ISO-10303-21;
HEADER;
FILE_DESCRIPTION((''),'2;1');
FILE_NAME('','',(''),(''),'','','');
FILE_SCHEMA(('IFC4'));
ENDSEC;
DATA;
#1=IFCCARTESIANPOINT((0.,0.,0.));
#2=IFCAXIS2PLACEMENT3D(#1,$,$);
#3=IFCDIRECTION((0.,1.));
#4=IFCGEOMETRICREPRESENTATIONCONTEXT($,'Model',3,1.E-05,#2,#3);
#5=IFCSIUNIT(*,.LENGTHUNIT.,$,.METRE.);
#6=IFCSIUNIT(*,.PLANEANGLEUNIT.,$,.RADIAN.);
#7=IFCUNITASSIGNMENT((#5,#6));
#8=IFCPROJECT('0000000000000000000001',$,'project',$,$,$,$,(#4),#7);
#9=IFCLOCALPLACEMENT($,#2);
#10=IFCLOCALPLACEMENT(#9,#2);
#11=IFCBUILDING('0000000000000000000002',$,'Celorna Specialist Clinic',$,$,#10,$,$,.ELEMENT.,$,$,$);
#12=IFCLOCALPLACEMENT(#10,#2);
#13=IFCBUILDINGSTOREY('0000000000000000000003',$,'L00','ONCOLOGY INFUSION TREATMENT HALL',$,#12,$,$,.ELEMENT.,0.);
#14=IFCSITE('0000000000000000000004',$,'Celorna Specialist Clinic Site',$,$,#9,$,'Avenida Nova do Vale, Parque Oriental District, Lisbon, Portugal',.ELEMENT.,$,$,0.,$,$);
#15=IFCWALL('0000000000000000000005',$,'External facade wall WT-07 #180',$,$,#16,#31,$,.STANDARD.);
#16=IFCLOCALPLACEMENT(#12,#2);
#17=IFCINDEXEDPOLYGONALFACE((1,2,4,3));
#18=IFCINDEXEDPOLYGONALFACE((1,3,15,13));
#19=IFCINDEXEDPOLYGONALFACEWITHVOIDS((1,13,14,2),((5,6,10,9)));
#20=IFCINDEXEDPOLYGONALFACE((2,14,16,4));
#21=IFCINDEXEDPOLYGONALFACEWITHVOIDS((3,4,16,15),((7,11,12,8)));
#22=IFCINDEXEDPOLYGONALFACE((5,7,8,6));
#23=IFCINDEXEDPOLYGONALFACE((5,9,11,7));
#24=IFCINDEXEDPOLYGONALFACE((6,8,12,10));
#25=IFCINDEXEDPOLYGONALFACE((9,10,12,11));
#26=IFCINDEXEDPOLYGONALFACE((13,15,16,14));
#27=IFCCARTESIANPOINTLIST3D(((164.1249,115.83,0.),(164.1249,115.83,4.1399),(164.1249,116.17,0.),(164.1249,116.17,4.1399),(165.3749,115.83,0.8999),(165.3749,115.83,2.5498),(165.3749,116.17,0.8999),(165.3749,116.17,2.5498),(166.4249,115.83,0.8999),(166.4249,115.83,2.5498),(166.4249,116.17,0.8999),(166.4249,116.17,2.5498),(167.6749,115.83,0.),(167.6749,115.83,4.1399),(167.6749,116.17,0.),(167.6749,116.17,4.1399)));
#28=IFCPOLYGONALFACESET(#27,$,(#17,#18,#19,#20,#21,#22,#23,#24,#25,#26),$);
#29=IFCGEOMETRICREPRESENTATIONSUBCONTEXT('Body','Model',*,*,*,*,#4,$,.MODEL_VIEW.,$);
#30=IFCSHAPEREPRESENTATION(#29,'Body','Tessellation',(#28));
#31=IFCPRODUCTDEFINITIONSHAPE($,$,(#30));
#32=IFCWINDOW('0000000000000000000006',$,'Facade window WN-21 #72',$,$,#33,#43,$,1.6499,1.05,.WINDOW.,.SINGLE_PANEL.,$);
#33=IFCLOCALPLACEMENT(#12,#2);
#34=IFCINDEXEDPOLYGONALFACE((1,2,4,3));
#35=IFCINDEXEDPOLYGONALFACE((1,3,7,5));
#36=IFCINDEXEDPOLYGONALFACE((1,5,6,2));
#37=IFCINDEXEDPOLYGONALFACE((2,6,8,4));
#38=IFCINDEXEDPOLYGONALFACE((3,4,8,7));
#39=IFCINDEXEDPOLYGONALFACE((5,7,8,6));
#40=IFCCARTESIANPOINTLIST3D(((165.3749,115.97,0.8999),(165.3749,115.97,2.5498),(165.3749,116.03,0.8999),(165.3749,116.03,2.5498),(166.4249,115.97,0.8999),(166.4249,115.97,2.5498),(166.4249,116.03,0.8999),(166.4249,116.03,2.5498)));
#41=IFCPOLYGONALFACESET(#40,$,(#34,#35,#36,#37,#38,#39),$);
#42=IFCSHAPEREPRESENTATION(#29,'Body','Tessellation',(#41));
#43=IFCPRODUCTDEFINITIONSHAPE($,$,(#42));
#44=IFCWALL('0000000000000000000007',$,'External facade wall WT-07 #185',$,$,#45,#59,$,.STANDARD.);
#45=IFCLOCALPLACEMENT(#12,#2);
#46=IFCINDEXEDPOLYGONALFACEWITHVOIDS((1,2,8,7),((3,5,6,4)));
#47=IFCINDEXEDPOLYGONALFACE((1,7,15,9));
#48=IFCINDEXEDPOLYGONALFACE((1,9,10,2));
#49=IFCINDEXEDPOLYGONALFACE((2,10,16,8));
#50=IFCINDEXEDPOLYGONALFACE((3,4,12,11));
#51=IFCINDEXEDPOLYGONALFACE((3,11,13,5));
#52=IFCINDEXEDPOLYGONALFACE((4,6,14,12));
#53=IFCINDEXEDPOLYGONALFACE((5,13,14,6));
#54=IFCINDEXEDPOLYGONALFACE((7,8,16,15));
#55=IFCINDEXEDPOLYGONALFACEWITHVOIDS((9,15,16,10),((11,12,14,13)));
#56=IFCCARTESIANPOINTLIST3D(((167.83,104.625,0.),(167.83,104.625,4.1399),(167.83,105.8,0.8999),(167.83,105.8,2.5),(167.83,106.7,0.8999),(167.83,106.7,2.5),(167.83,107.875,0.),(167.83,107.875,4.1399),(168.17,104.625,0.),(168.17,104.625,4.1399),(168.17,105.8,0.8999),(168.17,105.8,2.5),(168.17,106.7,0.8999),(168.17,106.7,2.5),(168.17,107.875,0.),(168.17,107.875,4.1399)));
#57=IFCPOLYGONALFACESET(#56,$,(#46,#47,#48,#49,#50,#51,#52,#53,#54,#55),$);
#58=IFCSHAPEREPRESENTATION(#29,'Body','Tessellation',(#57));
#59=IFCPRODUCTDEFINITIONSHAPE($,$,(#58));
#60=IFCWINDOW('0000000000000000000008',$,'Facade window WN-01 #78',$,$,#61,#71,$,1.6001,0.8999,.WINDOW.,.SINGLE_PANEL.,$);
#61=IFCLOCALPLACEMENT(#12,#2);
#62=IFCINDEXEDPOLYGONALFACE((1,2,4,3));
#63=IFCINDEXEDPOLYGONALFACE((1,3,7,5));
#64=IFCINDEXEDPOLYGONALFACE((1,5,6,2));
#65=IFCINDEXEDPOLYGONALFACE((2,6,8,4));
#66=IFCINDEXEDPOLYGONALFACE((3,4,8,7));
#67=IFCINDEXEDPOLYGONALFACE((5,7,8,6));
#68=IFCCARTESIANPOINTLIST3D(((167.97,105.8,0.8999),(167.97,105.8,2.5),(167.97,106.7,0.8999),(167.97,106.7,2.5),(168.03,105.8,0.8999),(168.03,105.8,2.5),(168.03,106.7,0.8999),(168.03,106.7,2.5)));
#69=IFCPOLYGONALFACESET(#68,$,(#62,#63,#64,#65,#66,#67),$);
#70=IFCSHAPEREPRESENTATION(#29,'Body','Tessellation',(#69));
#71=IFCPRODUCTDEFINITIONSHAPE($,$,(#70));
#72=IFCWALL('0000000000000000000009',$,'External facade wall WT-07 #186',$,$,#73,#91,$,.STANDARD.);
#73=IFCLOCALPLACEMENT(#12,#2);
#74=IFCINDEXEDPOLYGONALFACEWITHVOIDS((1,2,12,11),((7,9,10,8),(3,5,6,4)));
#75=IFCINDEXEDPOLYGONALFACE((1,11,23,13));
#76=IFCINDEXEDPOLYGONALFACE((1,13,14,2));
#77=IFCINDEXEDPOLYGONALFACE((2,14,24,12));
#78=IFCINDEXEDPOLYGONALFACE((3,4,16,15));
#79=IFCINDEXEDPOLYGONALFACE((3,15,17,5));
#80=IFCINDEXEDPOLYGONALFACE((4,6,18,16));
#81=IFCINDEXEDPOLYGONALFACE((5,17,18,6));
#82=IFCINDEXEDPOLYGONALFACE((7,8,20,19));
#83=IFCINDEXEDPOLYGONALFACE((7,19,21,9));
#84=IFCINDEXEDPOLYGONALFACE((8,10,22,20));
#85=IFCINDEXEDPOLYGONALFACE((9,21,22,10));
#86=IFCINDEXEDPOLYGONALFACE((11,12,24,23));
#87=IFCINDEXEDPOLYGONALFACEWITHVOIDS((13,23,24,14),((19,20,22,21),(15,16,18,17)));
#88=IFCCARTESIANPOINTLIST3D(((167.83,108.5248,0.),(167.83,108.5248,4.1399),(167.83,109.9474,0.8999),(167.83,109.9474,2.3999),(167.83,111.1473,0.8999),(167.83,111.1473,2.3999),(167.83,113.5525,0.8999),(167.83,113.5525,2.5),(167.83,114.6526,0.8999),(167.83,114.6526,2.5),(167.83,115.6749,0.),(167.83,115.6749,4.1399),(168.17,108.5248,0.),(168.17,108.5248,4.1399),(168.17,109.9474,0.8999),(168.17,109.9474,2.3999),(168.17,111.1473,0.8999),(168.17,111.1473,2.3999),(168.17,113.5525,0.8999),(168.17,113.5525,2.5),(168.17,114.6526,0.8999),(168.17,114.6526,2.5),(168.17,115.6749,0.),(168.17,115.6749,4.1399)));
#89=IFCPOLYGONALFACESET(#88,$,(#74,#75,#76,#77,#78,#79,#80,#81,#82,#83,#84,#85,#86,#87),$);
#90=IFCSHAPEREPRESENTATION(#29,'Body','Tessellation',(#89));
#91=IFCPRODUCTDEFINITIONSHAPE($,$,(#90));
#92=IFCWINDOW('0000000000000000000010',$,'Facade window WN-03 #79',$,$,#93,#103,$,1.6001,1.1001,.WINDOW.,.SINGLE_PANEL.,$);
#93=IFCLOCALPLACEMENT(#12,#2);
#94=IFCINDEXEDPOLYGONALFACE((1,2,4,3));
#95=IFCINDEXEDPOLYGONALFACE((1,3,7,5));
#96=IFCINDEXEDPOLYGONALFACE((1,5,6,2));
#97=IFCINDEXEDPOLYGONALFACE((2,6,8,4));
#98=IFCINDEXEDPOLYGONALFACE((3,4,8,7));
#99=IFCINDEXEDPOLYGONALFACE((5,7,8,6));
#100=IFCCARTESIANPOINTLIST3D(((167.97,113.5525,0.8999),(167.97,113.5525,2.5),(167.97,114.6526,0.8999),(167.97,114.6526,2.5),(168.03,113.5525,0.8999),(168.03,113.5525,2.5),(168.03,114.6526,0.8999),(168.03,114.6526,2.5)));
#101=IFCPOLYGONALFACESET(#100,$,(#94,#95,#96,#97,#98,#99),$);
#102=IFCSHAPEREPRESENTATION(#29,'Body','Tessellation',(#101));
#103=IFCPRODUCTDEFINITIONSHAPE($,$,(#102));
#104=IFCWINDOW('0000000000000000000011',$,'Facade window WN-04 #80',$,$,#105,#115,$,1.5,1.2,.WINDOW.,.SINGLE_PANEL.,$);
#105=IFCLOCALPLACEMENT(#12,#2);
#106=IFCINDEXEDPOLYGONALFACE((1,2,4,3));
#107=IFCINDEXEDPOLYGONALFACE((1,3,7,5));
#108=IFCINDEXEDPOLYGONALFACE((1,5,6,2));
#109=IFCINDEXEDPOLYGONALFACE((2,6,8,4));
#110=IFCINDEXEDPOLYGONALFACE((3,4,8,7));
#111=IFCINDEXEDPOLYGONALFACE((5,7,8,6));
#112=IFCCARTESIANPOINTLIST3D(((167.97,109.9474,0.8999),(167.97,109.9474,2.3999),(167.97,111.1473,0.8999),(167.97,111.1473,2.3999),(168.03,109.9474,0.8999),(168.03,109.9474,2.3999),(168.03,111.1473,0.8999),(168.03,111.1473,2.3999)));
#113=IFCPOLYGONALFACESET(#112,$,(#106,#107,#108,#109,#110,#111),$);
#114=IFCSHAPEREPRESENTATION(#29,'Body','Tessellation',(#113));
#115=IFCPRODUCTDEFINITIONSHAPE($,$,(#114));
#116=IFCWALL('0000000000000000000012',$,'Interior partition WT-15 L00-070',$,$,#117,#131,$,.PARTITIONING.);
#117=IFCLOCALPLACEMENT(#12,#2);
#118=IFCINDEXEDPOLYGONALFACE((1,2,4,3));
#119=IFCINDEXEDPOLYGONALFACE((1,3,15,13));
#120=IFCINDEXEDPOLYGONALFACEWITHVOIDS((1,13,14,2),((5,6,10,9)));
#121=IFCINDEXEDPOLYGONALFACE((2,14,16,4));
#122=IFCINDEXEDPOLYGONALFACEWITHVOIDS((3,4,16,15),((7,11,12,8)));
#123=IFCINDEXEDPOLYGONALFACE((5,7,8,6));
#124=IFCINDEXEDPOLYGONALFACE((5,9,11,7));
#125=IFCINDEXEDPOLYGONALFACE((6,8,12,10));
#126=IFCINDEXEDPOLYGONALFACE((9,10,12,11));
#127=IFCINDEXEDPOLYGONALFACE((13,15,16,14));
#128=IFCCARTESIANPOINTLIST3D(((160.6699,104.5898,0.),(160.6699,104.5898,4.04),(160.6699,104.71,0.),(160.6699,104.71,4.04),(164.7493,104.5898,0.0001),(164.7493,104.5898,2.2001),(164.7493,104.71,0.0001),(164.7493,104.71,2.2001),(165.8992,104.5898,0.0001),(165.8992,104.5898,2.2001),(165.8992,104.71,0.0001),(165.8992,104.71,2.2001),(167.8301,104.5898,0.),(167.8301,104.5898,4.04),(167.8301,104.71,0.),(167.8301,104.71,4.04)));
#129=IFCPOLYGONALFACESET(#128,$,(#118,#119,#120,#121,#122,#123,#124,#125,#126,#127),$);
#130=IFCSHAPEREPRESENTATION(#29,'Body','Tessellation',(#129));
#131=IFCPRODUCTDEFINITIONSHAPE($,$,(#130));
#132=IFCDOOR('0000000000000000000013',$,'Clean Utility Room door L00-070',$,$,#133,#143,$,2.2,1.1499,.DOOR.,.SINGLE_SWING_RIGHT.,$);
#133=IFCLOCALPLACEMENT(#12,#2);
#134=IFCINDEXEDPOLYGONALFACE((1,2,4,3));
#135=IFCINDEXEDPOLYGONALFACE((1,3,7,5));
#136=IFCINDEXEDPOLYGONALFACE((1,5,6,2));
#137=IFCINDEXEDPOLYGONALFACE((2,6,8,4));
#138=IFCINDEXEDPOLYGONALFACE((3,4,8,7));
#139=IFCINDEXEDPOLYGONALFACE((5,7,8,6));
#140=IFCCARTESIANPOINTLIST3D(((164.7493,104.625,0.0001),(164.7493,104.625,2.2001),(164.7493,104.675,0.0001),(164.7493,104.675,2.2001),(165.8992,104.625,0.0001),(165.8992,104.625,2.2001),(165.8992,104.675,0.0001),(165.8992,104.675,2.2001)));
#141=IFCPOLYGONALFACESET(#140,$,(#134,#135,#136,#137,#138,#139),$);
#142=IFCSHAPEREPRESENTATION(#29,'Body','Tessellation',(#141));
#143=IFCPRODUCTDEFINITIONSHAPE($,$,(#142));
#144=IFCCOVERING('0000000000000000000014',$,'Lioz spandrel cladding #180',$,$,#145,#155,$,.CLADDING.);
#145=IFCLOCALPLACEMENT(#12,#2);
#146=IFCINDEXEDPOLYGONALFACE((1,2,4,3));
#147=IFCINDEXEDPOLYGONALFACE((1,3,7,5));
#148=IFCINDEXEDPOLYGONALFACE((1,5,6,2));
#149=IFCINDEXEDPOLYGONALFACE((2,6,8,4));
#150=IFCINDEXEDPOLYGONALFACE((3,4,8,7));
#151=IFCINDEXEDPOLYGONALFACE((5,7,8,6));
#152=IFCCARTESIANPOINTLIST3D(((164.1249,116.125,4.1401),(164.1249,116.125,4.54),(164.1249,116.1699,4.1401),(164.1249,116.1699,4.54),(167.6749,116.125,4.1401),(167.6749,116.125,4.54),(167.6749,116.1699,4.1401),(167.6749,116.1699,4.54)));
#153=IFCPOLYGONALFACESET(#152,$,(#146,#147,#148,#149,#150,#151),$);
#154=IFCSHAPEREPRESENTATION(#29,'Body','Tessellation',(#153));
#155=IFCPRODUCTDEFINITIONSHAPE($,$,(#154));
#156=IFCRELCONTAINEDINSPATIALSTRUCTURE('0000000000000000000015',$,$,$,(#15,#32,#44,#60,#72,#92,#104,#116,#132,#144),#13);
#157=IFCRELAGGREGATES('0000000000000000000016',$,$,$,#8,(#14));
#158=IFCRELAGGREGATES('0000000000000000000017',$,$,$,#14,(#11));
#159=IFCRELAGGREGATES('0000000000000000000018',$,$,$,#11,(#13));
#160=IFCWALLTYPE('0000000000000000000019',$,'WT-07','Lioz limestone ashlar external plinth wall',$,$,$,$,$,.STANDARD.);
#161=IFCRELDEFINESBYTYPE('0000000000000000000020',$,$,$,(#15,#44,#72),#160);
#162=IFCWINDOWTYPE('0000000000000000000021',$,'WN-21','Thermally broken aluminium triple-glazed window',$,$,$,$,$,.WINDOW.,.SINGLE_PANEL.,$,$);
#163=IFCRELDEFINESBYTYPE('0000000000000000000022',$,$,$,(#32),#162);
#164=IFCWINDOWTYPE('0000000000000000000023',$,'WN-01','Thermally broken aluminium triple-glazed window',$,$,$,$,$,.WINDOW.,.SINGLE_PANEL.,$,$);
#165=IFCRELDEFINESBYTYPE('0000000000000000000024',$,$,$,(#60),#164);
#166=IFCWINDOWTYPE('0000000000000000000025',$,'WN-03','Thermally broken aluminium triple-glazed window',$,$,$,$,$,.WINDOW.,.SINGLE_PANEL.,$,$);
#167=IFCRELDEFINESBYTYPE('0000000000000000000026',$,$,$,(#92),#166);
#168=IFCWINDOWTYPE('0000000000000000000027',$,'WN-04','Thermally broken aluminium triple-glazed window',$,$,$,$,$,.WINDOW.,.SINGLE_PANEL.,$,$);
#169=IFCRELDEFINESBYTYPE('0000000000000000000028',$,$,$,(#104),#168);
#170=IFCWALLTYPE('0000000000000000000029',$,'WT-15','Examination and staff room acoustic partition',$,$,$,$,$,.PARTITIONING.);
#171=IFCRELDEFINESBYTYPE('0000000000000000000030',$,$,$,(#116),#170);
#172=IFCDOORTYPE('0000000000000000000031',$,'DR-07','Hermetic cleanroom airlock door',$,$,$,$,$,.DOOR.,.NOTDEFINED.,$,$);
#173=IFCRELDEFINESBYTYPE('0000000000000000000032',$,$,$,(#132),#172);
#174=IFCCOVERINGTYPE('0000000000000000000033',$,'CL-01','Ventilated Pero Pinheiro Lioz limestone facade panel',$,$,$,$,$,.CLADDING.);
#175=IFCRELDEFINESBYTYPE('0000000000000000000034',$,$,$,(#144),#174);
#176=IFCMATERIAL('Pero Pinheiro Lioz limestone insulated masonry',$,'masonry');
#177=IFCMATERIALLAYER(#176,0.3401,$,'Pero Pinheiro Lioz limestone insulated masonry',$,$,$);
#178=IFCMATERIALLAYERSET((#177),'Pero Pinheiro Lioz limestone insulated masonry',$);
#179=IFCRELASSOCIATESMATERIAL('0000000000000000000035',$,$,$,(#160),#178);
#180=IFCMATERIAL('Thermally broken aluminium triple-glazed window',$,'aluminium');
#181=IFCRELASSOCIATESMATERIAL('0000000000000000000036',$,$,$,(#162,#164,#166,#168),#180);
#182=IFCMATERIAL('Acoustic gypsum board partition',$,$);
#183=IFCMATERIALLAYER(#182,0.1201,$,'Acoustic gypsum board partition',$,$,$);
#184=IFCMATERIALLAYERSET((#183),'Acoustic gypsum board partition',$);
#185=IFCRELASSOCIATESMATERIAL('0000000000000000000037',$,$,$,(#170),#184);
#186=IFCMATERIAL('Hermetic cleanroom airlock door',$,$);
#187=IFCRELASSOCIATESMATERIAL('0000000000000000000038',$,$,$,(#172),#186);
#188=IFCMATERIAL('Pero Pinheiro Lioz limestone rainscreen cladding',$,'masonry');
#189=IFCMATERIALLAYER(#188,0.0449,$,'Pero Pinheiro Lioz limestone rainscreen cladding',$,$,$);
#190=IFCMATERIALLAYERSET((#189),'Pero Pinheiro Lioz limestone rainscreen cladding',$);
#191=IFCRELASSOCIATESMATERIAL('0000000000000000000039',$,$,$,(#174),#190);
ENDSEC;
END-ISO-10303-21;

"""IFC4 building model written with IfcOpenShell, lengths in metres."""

from ifc_helpers import new_model, si_unit, direction, frame, frame_2d, origin, origin_2d, place, context, subcontext, project, spatial, rectangle, extrude, material, layer, layer_set, type_object, element, fill, save


model = new_model("IFC4")

# Units and contexts
model_context = context("Model", 3, precision=1e-05, world=origin(), true_north=direction((0.0, 1.0)))
body_context = subcontext(model_context, "Body", "Model", "MODEL_VIEW")
ifc_project = project(units=[si_unit("LENGTHUNIT", "METRE"), si_unit("PLANEANGLEUNIT", "RADIAN")], contexts=[model_context])

# Site, building, storey
site_placement = place(None, origin())
site = spatial("IfcSite", under=ifc_project, at=site_placement, Name="Celorna Specialist Clinic Site", LongName="Avenida Nova do Vale, Parque Oriental District, Lisbon, Portugal", CompositionType="ELEMENT", RefElevation=0.0)
building_placement = place(site_placement, origin())
building = spatial("IfcBuilding", under=site, at=building_placement, Name="Celorna Specialist Clinic", CompositionType="ELEMENT")
storey_placement = place(building_placement, origin())
storey = spatial("IfcBuildingStorey", under=building, at=storey_placement, Name="L00", Description="ONCOLOGY INFUSION TREATMENT HALL", CompositionType="ELEMENT", Elevation=0.0)

# Walls, openings, windows
ifc_material_1 = material(Name="Pero Pinheiro Lioz limestone insulated masonry", Category="masonry")
ifc_layer_1 = layer(ifc_material_1, 0.3401, Name="Pero Pinheiro Lioz limestone insulated masonry")
ifc_layer_set_1 = layer_set([ifc_layer_1], Name="Pero Pinheiro Lioz limestone insulated masonry")
wall_type_1 = type_object("IfcWallType", Name="WT-07", Description="Lioz limestone ashlar external plinth wall", PredefinedType="STANDARD", material=ifc_layer_set_1)
wall_1_placement = place(storey_placement, frame((164.125, 116.0, 0.0), z_axis=(0.0, 0.0, 1.0), x_axis=(1.0, 0.0, 0.0)))
wall_1 = element("IfcWall", 1, at=wall_1_placement, inside=storey, type_object=wall_type_1, Name="External facade wall WT-07 #180", PredefinedType="STANDARD", context=body_context, shape_type="SweptSolid", body=[
    extrude(rectangle(XDim=3.55, YDim=0.3401, at=frame_2d((1.7749, 0.0))), origin(), (0.0, 0.0, 1.0), 4.1399),
])
opening_1_placement = place(wall_1_placement, frame((1.25, 0.0, 0.8999)))
opening_1 = element("IfcOpeningElement", 2, at=opening_1_placement, cuts=wall_1, PredefinedType="OPENING", context=body_context, shape_type="SweptSolid", body=[
    extrude(rectangle(XDim=1.05, YDim=1.6499, at=frame_2d((0.5249, 0.825))), frame((0.0, 0.1799, 0.0), z_axis=(0.0, -1.0, 0.0), x_axis=(1.0, 0.0, 0.0)), (0.0, 0.0, 1.0), 0.3601),
])
ifc_material_2 = material(Name="Thermally broken aluminium triple-glazed window", Category="aluminium")
window_type_1 = type_object("IfcWindowType", Name="WN-21", Description="Thermally broken aluminium triple-glazed window", PartitioningType="SINGLE_PANEL", PredefinedType="WINDOW", material=ifc_material_2)
window_1_placement = place(opening_1_placement, origin())
window_1 = element("IfcWindow", 3, at=window_1_placement, inside=storey, type_object=window_type_1, Name="Facade window WN-21 #72", OverallHeight=1.6499, OverallWidth=1.05, PartitioningType="SINGLE_PANEL", PredefinedType="WINDOW", context=body_context, shape_type="SweptSolid", body=[
    extrude(rectangle(XDim=1.05, YDim=1.6499, at=frame_2d((0.5249, 0.825))), frame((0.0, 0.03, 0.0), z_axis=(0.0, -1.0, 0.0), x_axis=(1.0, 0.0, 0.0)), (0.0, 0.0, 1.0), 0.0601),
])
fill(opening_1, window_1)
wall_2_placement = place(storey_placement, frame((168.0, 107.875, 0.0), z_axis=(0.0, 0.0, 1.0), x_axis=(0.0, -1.0, 0.0)))
wall_2 = element("IfcWall", 4, at=wall_2_placement, inside=storey, type_object=wall_type_1, Name="External facade wall WT-07 #185", PredefinedType="STANDARD", context=body_context, shape_type="SweptSolid", body=[
    extrude(rectangle(XDim=3.25, YDim=0.3401, at=frame_2d((1.625, 0.0))), origin(), (0.0, 0.0, 1.0), 4.1399),
])
opening_2_placement = place(wall_2_placement, frame((1.175, 0.0, 0.8999)))
opening_2 = element("IfcOpeningElement", 5, at=opening_2_placement, cuts=wall_2, PredefinedType="OPENING", context=body_context, shape_type="SweptSolid", body=[
    extrude(rectangle(XDim=0.8999, YDim=1.6001, at=frame_2d((0.45, 0.8))), frame((0.0, 0.1799, 0.0), z_axis=(0.0, -1.0, 0.0), x_axis=(1.0, 0.0, 0.0)), (0.0, 0.0, 1.0), 0.3601),
])
window_type_2 = type_object("IfcWindowType", Name="WN-01", Description="Thermally broken aluminium triple-glazed window", PartitioningType="SINGLE_PANEL", PredefinedType="WINDOW", material=ifc_material_2)
window_2_placement = place(opening_2_placement, origin())
window_2 = element("IfcWindow", 6, at=window_2_placement, inside=storey, type_object=window_type_2, Name="Facade window WN-01 #78", OverallHeight=1.6001, OverallWidth=0.8999, PartitioningType="SINGLE_PANEL", PredefinedType="WINDOW", context=body_context, shape_type="SweptSolid", body=[
    extrude(rectangle(XDim=0.8999, YDim=1.6001, at=frame_2d((0.45, 0.8))), frame((0.0, 0.03, 0.0), z_axis=(0.0, -1.0, 0.0), x_axis=(1.0, 0.0, 0.0)), (0.0, 0.0, 1.0), 0.0601),
])
fill(opening_2, window_2)

# Wall, openings, windows
wall_3_placement = place(storey_placement, frame((168.0, 115.675, 0.0), z_axis=(0.0, 0.0, 1.0), x_axis=(0.0, -1.0, 0.0)))
wall_3 = element("IfcWall", 7, at=wall_3_placement, inside=storey, type_object=wall_type_1, Name="External facade wall WT-07 #186", PredefinedType="STANDARD", context=body_context, shape_type="SweptSolid", body=[
    extrude(rectangle(XDim=7.1501, YDim=0.3401, at=frame_2d((3.5752, 0.0))), origin(), (0.0, 0.0, 1.0), 4.1399),
])
opening_3_placement = place(wall_3_placement, frame((1.0225, 0.0, 0.8999)))
opening_3 = element("IfcOpeningElement", 8, at=opening_3_placement, cuts=wall_3, PredefinedType="OPENING", context=body_context, shape_type="SweptSolid", body=[
    extrude(rectangle(XDim=1.1001, YDim=1.6001, at=frame_2d((0.55, 0.8))), frame((0.0, 0.1799, 0.0), z_axis=(0.0, -1.0, 0.0), x_axis=(1.0, 0.0, 0.0)), (0.0, 0.0, 1.0), 0.3601),
])
opening_4_placement = place(wall_3_placement, frame((4.5276, 0.0, 0.8999)))
opening_4 = element("IfcOpeningElement", 9, at=opening_4_placement, cuts=wall_3, PredefinedType="OPENING", context=body_context, shape_type="SweptSolid", body=[
    extrude(rectangle(XDim=1.2, YDim=1.5, at=frame_2d((0.6001, 0.75))), frame((0.0, 0.1799, 0.0), z_axis=(0.0, -1.0, 0.0), x_axis=(1.0, 0.0, 0.0)), (0.0, 0.0, 1.0), 0.3601),
])
window_type_3 = type_object("IfcWindowType", Name="WN-03", Description="Thermally broken aluminium triple-glazed window", PartitioningType="SINGLE_PANEL", PredefinedType="WINDOW", material=ifc_material_2)
window_3_placement = place(opening_3_placement, origin())
window_3 = element("IfcWindow", 10, at=window_3_placement, inside=storey, type_object=window_type_3, Name="Facade window WN-03 #79", OverallHeight=1.6001, OverallWidth=1.1001, PartitioningType="SINGLE_PANEL", PredefinedType="WINDOW", context=body_context, shape_type="SweptSolid", body=[
    extrude(rectangle(XDim=1.1001, YDim=1.6001, at=frame_2d((0.55, 0.8))), frame((0.0, 0.03, 0.0), z_axis=(0.0, -1.0, 0.0), x_axis=(1.0, 0.0, 0.0)), (0.0, 0.0, 1.0), 0.0601),
])
fill(opening_3, window_3)
window_type_4 = type_object("IfcWindowType", Name="WN-04", Description="Thermally broken aluminium triple-glazed window", PartitioningType="SINGLE_PANEL", PredefinedType="WINDOW", material=ifc_material_2)
window_4_placement = place(opening_4_placement, origin())
window_4 = element("IfcWindow", 11, at=window_4_placement, inside=storey, type_object=window_type_4, Name="Facade window WN-04 #80", OverallHeight=1.5, OverallWidth=1.2, PartitioningType="SINGLE_PANEL", PredefinedType="WINDOW", context=body_context, shape_type="SweptSolid", body=[
    extrude(rectangle(XDim=1.2, YDim=1.5, at=frame_2d((0.6001, 0.75))), frame((0.0, 0.03, 0.0), z_axis=(0.0, -1.0, 0.0), x_axis=(1.0, 0.0, 0.0)), (0.0, 0.0, 1.0), 0.0601),
])
fill(opening_4, window_4)

# Wall, opening, door
ifc_material_3 = material(Name="Acoustic gypsum board partition")
ifc_layer_2 = layer(ifc_material_3, 0.1201, Name="Acoustic gypsum board partition")
ifc_layer_set_2 = layer_set([ifc_layer_2], Name="Acoustic gypsum board partition")
wall_type_2 = type_object("IfcWallType", Name="WT-15", Description="Examination and staff room acoustic partition", PredefinedType="PARTITIONING", material=ifc_layer_set_2)
wall_4_placement = place(storey_placement, frame((167.8301, 104.6499, 0.0), z_axis=(0.0, 0.0, 1.0), x_axis=(-1.0, 0.0, 0.0)))
wall_4 = element("IfcWall", 12, at=wall_4_placement, inside=storey, type_object=wall_type_2, Name="Interior partition WT-15 L00-070", PredefinedType="PARTITIONING", context=body_context, shape_type="SweptSolid", body=[
    extrude(rectangle(XDim=7.1602, YDim=0.1201, at=frame_2d((3.5801, 0.0))), origin(), (0.0, 0.0, 1.0), 4.04),
])
opening_5_placement = place(wall_4_placement, frame((1.9309, 0.0, 0.0)))
opening_5 = element("IfcOpeningElement", 13, at=opening_5_placement, cuts=wall_4, PredefinedType="OPENING", context=body_context, shape_type="SweptSolid", body=[
    extrude(rectangle(XDim=1.1499, YDim=2.2, at=frame_2d((0.575, 1.1001))), frame((0.0, 0.0701, 0.0), z_axis=(0.0, -1.0, 0.0), x_axis=(1.0, 0.0, 0.0)), (0.0, 0.0, 1.0), 0.1401),
])
ifc_material_4 = material(Name="Hermetic cleanroom airlock door")
door_type = type_object("IfcDoorType", Name="DR-07", Description="Hermetic cleanroom airlock door", OperationType="NOTDEFINED", PredefinedType="DOOR", material=ifc_material_4)
door_placement = place(opening_5_placement, origin())
door = element("IfcDoor", 14, at=door_placement, inside=storey, type_object=door_type, Name="Clean Utility Room door L00-070", OperationType="SINGLE_SWING_RIGHT", OverallHeight=2.2, OverallWidth=1.1499, PredefinedType="DOOR", context=body_context, shape_type="SweptSolid", body=[
    extrude(rectangle(XDim=1.1499, YDim=2.2, at=frame_2d((0.575, 1.1001))), frame((0.0, 0.0249, 0.0), z_axis=(0.0, -1.0, 0.0), x_axis=(1.0, 0.0, 0.0)), (0.0, 0.0, 1.0), 0.05),
])
fill(opening_5, door)

# Covering
ifc_material_5 = material(Name="Pero Pinheiro Lioz limestone rainscreen cladding", Category="masonry")
ifc_layer_3 = layer(ifc_material_5, 0.0449, Name="Pero Pinheiro Lioz limestone rainscreen cladding")
ifc_layer_set_3 = layer_set([ifc_layer_3], Name="Pero Pinheiro Lioz limestone rainscreen cladding")
covering_type = type_object("IfcCoveringType", Name="CL-01", Description="Ventilated Pero Pinheiro Lioz limestone facade panel", PredefinedType="CLADDING", material=ifc_layer_set_3)
covering_1_placement = place(storey_placement, frame((165.8999, 116.1475, 4.1401), z_axis=(0.0, 0.0, 1.0), x_axis=(1.0, 0.0, 0.0)))
element("IfcCovering", 15, at=covering_1_placement, inside=storey, type_object=covering_type, Name="Lioz spandrel cladding #180", PredefinedType="CLADDING", context=body_context, shape_type="SweptSolid", body=[
    extrude(rectangle(XDim=3.55, YDim=0.0449, at=origin_2d()), origin(), (0.0, 0.0, 1.0), 0.3999),
])

save(model, "model.ifc")
